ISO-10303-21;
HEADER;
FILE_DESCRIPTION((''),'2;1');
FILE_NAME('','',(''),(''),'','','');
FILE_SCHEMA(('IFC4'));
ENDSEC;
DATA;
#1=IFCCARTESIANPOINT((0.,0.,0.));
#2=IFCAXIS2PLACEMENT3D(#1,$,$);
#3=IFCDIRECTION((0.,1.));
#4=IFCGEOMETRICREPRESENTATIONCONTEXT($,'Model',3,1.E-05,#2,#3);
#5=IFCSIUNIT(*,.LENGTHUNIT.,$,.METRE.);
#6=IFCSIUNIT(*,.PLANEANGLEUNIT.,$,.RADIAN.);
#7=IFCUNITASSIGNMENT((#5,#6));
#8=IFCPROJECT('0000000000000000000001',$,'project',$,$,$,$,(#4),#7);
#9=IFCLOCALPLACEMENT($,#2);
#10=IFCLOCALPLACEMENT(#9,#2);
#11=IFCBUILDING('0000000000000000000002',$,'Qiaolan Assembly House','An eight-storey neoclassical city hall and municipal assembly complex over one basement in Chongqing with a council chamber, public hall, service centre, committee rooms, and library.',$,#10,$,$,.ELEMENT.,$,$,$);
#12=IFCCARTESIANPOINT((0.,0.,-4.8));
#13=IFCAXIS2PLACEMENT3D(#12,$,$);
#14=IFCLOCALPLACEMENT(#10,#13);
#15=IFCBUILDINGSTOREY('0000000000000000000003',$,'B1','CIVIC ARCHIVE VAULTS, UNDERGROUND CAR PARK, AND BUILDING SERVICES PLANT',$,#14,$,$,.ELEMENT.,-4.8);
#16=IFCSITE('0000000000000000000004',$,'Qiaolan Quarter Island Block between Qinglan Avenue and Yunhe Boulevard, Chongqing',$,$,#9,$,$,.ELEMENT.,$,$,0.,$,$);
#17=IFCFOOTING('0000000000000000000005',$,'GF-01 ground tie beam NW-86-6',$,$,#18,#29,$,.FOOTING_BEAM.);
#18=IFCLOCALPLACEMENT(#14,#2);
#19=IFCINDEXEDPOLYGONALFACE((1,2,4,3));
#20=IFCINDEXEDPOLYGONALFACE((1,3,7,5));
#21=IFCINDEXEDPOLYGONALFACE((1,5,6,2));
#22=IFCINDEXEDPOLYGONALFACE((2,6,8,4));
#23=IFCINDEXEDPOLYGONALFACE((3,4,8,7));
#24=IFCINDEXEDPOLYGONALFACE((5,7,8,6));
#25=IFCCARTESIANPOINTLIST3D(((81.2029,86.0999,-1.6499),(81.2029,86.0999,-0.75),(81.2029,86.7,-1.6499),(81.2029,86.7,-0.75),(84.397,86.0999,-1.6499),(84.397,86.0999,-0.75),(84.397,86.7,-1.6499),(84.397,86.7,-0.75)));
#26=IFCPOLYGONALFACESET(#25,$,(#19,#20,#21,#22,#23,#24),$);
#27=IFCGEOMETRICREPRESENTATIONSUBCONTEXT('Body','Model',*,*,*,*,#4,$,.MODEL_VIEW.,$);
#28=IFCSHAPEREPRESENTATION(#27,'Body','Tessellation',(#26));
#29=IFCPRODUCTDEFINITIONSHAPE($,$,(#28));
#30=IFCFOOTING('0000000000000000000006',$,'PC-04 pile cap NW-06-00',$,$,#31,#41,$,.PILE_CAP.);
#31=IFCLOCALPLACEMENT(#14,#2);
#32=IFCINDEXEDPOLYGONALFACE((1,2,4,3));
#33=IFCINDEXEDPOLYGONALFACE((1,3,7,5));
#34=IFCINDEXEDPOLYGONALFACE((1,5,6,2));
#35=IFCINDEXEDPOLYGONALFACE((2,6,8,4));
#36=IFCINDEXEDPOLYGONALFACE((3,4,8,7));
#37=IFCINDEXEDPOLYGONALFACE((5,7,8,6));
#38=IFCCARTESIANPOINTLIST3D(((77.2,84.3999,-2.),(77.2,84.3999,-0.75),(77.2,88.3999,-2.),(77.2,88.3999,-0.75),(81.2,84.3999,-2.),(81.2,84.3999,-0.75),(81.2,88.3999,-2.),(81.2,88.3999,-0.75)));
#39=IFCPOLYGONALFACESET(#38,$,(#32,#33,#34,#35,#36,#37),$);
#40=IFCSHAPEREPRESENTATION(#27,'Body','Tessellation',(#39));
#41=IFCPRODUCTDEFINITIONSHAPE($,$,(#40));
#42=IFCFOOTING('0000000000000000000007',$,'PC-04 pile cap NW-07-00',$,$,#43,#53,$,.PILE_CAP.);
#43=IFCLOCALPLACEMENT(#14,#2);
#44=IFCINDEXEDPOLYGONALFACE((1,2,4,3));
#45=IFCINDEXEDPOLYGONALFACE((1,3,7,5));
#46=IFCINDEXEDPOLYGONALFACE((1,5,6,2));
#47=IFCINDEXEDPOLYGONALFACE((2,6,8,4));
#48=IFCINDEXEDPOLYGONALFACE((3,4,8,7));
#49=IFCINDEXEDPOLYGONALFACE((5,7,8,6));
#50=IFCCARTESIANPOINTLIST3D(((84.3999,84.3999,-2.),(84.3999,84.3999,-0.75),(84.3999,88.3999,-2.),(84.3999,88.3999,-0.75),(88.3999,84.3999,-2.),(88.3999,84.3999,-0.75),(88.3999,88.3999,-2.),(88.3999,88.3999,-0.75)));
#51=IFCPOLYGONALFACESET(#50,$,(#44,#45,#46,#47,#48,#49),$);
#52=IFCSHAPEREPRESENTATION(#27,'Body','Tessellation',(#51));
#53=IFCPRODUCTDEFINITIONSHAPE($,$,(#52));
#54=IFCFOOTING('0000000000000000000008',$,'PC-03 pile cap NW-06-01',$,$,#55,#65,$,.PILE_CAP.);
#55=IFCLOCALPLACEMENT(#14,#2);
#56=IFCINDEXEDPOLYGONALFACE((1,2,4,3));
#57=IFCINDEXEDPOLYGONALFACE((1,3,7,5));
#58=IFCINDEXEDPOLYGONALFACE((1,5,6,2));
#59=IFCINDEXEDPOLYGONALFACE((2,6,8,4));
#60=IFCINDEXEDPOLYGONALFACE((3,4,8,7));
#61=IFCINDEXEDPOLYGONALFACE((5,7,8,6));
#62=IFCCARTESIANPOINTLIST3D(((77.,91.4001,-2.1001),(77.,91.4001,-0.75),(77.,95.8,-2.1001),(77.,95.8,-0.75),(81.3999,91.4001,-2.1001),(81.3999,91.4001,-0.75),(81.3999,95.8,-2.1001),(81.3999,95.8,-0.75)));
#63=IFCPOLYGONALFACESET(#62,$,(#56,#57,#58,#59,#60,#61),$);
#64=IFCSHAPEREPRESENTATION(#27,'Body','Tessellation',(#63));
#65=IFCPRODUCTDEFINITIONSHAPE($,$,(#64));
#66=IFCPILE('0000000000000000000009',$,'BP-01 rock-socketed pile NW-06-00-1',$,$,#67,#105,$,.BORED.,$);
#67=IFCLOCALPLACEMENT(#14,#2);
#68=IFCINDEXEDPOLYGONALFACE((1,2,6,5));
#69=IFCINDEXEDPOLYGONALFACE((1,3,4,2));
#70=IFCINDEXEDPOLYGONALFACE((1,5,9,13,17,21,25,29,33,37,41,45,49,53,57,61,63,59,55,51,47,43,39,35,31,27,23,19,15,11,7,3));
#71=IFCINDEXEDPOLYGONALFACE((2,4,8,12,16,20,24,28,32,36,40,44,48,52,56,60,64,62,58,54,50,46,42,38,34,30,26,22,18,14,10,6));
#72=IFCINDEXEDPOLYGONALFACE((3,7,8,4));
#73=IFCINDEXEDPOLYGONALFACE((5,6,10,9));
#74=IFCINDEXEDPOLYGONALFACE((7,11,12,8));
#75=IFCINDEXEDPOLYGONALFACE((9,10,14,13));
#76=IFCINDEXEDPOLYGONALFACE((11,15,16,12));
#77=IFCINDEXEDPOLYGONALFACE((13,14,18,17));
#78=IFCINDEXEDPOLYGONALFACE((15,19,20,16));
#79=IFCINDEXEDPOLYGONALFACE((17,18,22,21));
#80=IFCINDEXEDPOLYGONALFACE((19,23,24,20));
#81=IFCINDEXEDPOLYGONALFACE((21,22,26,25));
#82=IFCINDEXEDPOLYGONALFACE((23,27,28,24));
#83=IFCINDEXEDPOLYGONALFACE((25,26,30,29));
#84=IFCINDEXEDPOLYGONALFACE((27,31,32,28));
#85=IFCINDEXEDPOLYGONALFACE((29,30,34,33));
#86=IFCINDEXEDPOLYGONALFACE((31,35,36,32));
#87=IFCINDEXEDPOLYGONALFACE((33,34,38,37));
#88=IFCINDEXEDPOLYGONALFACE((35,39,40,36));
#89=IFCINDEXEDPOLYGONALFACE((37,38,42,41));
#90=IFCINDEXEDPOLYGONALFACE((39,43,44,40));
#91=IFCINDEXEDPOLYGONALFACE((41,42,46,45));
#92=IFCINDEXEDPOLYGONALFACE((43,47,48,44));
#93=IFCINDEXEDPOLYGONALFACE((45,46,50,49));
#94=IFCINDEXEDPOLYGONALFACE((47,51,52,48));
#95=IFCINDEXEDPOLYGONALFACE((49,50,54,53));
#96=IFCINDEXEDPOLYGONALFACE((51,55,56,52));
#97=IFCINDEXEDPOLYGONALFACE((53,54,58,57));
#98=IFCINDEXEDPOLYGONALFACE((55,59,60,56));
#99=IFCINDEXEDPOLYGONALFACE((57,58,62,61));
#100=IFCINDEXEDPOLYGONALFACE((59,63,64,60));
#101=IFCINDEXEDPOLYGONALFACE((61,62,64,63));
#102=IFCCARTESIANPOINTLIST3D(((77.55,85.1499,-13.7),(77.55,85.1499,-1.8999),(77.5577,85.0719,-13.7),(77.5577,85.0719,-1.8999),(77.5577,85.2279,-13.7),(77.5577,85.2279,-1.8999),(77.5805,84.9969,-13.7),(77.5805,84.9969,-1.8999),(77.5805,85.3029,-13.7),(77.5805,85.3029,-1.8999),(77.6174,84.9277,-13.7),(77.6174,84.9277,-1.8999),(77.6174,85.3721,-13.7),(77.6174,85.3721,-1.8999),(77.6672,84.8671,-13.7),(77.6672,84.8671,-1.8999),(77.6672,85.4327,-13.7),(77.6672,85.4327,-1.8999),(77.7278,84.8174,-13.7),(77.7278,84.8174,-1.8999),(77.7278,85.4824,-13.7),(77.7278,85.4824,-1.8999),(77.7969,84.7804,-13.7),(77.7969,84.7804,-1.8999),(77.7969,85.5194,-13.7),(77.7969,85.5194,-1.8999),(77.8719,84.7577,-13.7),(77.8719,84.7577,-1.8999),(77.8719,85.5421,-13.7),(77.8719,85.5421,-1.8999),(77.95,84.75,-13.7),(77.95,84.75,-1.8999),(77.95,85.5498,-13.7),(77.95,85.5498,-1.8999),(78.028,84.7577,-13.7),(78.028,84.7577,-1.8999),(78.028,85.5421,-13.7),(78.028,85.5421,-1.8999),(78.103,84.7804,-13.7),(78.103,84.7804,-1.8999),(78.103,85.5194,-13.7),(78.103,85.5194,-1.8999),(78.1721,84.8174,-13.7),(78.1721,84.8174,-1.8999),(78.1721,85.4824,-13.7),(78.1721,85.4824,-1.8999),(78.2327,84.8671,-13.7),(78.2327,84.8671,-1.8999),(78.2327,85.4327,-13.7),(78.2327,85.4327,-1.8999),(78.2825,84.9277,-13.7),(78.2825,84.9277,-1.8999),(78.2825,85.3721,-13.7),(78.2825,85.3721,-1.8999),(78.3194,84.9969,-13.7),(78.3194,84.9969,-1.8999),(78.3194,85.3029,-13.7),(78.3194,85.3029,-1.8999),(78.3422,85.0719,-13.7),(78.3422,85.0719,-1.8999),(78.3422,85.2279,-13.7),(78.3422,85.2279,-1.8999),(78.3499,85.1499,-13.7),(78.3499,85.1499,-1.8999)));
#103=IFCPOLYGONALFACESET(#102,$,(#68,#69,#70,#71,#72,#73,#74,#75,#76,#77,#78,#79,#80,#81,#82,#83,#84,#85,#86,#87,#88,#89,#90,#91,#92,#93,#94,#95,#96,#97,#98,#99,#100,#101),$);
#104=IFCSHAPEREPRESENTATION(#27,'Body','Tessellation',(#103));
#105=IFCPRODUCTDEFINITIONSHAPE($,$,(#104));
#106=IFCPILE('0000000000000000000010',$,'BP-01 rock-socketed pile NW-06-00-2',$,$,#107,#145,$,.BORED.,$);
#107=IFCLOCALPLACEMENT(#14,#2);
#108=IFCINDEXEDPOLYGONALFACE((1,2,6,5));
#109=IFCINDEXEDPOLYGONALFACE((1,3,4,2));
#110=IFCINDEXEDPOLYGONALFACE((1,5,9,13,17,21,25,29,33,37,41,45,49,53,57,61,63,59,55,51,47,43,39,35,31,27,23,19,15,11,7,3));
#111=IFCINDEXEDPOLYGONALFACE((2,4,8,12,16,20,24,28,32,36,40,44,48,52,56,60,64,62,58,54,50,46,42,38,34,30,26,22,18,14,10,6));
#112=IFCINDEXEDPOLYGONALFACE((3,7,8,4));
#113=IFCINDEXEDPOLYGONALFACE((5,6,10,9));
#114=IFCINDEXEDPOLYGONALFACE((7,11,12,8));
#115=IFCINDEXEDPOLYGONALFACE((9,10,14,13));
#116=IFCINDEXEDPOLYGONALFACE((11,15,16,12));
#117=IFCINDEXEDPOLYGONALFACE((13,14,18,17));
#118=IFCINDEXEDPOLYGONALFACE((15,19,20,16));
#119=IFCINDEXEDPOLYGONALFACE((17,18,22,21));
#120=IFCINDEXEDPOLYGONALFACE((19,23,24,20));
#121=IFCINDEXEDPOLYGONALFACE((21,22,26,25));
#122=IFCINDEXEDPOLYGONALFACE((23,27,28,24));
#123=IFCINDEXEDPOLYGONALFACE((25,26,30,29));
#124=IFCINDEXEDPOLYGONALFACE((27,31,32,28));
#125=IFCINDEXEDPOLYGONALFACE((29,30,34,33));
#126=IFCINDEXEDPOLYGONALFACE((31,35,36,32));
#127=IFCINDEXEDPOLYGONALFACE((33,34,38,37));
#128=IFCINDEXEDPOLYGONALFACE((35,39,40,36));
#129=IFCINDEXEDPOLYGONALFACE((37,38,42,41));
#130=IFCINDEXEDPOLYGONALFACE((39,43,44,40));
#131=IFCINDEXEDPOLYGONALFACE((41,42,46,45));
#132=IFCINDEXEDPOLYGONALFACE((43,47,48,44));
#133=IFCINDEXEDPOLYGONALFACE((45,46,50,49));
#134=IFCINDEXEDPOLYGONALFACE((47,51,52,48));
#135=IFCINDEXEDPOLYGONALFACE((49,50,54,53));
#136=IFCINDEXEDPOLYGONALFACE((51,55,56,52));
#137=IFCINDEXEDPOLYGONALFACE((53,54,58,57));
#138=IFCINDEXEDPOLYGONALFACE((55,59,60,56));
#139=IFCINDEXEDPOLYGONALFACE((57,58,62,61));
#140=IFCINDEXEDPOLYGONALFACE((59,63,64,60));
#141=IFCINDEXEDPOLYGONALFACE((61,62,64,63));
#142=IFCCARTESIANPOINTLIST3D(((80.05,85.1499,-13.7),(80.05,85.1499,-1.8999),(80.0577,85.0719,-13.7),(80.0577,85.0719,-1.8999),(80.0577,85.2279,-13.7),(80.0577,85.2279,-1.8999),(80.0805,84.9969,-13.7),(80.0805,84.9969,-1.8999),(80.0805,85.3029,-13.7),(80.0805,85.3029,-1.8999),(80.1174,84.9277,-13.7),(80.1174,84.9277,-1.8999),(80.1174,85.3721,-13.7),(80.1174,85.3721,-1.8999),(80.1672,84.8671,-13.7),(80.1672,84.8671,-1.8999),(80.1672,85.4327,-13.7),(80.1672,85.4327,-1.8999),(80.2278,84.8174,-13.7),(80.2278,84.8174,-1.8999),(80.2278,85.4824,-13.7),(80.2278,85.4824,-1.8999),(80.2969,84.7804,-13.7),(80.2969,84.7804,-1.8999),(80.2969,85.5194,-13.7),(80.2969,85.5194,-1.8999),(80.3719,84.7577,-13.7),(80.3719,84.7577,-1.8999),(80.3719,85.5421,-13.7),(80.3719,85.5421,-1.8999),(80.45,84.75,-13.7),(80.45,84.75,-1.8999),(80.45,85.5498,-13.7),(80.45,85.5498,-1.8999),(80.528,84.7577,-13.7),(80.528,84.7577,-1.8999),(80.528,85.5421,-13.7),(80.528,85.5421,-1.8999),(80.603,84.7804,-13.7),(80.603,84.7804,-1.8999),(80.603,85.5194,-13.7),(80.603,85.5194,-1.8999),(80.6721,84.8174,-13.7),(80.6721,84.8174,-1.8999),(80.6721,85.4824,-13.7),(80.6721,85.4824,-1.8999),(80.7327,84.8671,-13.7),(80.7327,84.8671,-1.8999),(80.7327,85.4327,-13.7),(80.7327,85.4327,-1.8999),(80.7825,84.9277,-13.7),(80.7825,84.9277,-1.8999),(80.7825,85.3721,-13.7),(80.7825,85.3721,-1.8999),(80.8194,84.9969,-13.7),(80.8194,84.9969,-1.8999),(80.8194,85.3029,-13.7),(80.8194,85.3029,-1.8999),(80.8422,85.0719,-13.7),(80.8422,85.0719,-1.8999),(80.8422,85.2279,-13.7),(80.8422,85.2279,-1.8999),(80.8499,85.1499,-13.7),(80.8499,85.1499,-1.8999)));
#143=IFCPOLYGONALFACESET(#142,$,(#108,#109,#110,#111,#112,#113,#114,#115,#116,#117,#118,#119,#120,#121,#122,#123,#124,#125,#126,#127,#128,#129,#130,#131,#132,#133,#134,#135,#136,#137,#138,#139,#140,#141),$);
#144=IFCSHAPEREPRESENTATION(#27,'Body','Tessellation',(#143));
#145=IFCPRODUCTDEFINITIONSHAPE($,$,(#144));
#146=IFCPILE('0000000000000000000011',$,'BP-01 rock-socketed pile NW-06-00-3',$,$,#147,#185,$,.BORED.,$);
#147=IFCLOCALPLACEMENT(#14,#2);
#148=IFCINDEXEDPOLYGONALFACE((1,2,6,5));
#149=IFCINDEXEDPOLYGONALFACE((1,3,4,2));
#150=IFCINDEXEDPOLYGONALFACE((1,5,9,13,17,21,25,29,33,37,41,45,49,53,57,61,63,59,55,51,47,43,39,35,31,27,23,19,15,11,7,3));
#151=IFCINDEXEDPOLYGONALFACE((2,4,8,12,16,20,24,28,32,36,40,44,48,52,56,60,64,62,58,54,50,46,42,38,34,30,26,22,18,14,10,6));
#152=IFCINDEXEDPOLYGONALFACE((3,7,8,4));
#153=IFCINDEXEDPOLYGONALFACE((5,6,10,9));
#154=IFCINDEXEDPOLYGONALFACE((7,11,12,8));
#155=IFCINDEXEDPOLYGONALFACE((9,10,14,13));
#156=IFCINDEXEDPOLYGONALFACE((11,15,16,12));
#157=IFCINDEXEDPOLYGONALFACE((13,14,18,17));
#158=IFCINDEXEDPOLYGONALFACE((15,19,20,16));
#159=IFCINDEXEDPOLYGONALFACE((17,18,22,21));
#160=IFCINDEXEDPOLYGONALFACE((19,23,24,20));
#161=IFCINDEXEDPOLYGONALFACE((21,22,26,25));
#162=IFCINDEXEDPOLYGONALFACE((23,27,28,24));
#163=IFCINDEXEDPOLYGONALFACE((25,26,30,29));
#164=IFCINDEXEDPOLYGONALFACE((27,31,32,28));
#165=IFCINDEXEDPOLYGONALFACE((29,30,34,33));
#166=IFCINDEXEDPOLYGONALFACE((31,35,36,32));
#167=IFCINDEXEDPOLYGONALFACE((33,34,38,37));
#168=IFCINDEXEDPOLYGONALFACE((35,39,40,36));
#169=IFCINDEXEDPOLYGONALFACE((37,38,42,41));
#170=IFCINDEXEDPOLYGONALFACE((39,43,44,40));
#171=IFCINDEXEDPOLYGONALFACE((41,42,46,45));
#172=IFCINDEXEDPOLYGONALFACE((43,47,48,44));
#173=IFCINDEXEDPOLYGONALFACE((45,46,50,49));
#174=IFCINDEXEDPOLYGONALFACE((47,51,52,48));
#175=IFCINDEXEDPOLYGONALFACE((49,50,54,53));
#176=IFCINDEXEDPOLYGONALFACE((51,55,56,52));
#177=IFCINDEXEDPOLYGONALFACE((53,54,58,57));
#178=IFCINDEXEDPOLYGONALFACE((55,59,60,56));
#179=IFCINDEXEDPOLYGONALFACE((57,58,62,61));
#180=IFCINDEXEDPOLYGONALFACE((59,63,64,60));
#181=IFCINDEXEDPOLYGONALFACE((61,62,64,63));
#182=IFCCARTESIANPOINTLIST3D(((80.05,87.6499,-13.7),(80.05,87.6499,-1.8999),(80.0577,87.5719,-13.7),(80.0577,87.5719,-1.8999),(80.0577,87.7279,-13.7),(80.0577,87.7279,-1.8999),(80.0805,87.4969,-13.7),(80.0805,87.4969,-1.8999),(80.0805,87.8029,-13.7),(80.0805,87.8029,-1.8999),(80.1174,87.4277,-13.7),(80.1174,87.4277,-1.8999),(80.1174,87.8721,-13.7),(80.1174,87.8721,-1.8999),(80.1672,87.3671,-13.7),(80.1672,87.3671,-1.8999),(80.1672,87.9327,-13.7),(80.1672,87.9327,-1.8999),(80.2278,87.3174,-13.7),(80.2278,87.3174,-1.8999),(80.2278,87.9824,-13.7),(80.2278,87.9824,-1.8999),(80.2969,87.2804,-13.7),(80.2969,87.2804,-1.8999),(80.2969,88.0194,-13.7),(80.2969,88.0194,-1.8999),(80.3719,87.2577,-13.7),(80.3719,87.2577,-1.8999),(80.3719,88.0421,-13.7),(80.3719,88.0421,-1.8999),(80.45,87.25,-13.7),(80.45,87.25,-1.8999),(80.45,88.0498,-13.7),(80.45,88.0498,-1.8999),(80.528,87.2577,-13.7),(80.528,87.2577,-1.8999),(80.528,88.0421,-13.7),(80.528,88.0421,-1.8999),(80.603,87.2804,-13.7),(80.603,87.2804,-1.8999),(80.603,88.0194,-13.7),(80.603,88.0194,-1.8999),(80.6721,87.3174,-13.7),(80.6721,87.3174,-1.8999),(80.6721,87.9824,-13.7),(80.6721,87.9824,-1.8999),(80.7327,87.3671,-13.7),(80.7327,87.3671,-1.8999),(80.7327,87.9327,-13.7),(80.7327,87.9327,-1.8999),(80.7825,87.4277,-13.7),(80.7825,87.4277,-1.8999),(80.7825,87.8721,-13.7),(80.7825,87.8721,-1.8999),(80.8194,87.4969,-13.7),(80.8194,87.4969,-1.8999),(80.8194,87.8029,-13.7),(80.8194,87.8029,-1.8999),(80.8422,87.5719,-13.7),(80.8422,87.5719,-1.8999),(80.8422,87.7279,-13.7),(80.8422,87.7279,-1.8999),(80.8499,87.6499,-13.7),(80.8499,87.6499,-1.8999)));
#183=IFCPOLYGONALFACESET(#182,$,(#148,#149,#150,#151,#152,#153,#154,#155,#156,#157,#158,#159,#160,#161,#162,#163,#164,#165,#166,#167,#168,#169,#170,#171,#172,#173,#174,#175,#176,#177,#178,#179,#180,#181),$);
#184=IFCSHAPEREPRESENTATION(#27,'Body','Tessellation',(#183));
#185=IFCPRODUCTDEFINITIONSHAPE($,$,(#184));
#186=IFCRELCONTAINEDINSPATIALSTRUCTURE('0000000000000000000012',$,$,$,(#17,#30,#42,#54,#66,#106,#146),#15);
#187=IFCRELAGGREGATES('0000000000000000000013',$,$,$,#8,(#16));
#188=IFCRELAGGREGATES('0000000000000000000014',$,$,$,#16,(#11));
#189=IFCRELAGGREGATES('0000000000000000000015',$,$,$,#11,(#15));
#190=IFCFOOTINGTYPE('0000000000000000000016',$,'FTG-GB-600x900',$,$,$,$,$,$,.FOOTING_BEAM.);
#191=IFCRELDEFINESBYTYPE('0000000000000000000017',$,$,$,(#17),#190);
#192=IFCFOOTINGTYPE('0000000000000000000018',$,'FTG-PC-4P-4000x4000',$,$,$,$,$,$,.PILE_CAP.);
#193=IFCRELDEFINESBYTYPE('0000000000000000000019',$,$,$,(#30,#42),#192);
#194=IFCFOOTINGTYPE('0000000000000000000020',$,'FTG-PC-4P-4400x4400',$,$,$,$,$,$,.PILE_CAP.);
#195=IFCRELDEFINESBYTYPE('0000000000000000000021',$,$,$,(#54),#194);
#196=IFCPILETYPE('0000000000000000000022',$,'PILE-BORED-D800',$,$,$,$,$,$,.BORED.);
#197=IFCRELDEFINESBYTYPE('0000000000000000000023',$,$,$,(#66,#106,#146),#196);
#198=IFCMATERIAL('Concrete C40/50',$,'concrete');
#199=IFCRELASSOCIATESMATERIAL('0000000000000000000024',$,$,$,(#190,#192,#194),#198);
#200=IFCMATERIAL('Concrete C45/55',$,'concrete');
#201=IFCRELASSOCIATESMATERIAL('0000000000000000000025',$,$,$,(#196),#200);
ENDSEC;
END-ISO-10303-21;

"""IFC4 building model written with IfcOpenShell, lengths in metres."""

from ifc_helpers import new_model, si_unit, direction, frame, origin, origin_2d, place, context, subcontext, project, spatial, rectangle, circle, extrude, material, material_profile, profile_set, type_object, element, save


model = new_model("IFC4")

# Units and contexts
model_context = context("Model", 3, precision=1e-05, world=origin(), true_north=direction((0.0, 1.0)))
body_context = subcontext(model_context, "Body", "Model", "MODEL_VIEW")
ifc_project = project(units=[si_unit("LENGTHUNIT", "METRE"), si_unit("PLANEANGLEUNIT", "RADIAN")], contexts=[model_context])

# Site, building, storey
site_placement = place(None, origin())
site = spatial("IfcSite", under=ifc_project, at=site_placement, Name="Qiaolan Quarter Island Block between Qinglan Avenue and Yunhe Boulevard, Chongqing", CompositionType="ELEMENT", RefElevation=0.0)
building_placement = place(site_placement, origin())
building = spatial("IfcBuilding", under=site, at=building_placement, Name="Qiaolan Assembly House", Description="An eight-storey neoclassical city hall and municipal assembly complex over one basement in Chongqing with a council chamber, public hall, service centre, committee rooms, and library.", CompositionType="ELEMENT")
storey_placement = place(building_placement, frame((0.0, 0.0, -4.8)))
storey = spatial("IfcBuildingStorey", under=building, at=storey_placement, Name="B1", Description="CIVIC ARCHIVE VAULTS, UNDERGROUND CAR PARK, AND BUILDING SERVICES PLANT", CompositionType="ELEMENT", Elevation=-4.8)

# Footings
ifc_material_1 = material(Name="Concrete C40/50", Category="concrete")
ifc_material_profile_1 = material_profile(ifc_material_1, rectangle(XDim=0.6001, YDim=0.8999, at=origin_2d()), Name="GF 600x900")
ifc_profile_set_1 = profile_set([ifc_material_profile_1], Name="Concrete C40/50")
footing_type_1 = type_object("IfcFootingType", Name="FTG-GB-600x900", PredefinedType="FOOTING_BEAM", material=ifc_profile_set_1)
footing_1_placement = place(storey_placement, frame((81.2029, 86.3999, -1.2), z_axis=(1.0, 0.0, 0.0), x_axis=(0.0, 1.0, 0.0)))
element("IfcFooting", 1, at=footing_1_placement, inside=storey, type_object=footing_type_1, Name="GF-01 ground tie beam NW-86-6", PredefinedType="FOOTING_BEAM", context=body_context, shape_type="SweptSolid", body=[
    extrude(rectangle(XDim=0.6001, YDim=0.8999, at=origin_2d()), origin(), (0.0, 0.0, 1.0), 3.1941),
])
footing_type_2 = type_object("IfcFootingType", Name="FTG-PC-4P-4000x4000", PredefinedType="PILE_CAP", material=ifc_material_1)
for number, where, z_axis, x_axis, name in (
    (2, (79.2, 86.3999, -2.0), (0.0, 0.0, 1.0), (1.0, 0.0, 0.0), "PC-04 pile cap NW-06-00"),
    (3, (86.3999, 86.3999, -2.0), (0.0, 0.0, 1.0), (1.0, 0.0, 0.0), "PC-04 pile cap NW-07-00"),
):
    element("IfcFooting", number, at=place(storey_placement, frame(where, z_axis=z_axis, x_axis=x_axis)), inside=storey, type_object=footing_type_2, Name=name, PredefinedType="PILE_CAP", context=body_context, shape_type="SweptSolid", body=[
        extrude(rectangle(XDim=4.0, YDim=4.0, at=origin_2d()), origin(), (0.0, 0.0, 1.0), 1.25),
    ])
footing_type_3 = type_object("IfcFootingType", Name="FTG-PC-4P-4400x4400", PredefinedType="PILE_CAP", material=ifc_material_1)
footing_2_placement = place(storey_placement, frame((79.2, 93.6001, -2.1001), z_axis=(0.0, 0.0, 1.0), x_axis=(1.0, 0.0, 0.0)))
element("IfcFooting", 4, at=footing_2_placement, inside=storey, type_object=footing_type_3, Name="PC-03 pile cap NW-06-01", PredefinedType="PILE_CAP", context=body_context, shape_type="SweptSolid", body=[
    extrude(rectangle(XDim=4.3999, YDim=4.3999, at=origin_2d()), origin(), (0.0, 0.0, 1.0), 1.3501),
])

# Piles
ifc_material_2 = material(Name="Concrete C45/55", Category="concrete")
ifc_material_profile_2 = material_profile(ifc_material_2, circle(Radius=0.3999, at=origin_2d()), Name="PILE D800")
ifc_profile_set_2 = profile_set([ifc_material_profile_2], Name="Concrete C45/55")
pile_type_1 = type_object("IfcPileType", Name="PILE-BORED-D800", PredefinedType="BORED", material=ifc_profile_set_2)
for number, where, z_axis, x_axis, name in (
    (5, (77.95, 85.1499, -1.8999), (0.0, 0.0, -1.0), (1.0, 0.0, 0.0), "BP-01 rock-socketed pile NW-06-00-1"),
    (6, (80.45, 85.1499, -1.8999), (0.0, 0.0, -1.0), (1.0, 0.0, 0.0), "BP-01 rock-socketed pile NW-06-00-2"),
    (7, (80.45, 87.6499, -1.8999), (0.0, 0.0, -1.0), (1.0, 0.0, 0.0), "BP-01 rock-socketed pile NW-06-00-3"),
):
    element("IfcPile", number, at=place(storey_placement, frame(where, z_axis=z_axis, x_axis=x_axis)), inside=storey, type_object=pile_type_1, Name=name, PredefinedType="BORED", context=body_context, shape_type="SweptSolid", body=[
        extrude(circle(Radius=0.3999, at=origin_2d()), origin(), (0.0, 0.0, 1.0), 11.8),
    ])

save(model, "model.ifc")
